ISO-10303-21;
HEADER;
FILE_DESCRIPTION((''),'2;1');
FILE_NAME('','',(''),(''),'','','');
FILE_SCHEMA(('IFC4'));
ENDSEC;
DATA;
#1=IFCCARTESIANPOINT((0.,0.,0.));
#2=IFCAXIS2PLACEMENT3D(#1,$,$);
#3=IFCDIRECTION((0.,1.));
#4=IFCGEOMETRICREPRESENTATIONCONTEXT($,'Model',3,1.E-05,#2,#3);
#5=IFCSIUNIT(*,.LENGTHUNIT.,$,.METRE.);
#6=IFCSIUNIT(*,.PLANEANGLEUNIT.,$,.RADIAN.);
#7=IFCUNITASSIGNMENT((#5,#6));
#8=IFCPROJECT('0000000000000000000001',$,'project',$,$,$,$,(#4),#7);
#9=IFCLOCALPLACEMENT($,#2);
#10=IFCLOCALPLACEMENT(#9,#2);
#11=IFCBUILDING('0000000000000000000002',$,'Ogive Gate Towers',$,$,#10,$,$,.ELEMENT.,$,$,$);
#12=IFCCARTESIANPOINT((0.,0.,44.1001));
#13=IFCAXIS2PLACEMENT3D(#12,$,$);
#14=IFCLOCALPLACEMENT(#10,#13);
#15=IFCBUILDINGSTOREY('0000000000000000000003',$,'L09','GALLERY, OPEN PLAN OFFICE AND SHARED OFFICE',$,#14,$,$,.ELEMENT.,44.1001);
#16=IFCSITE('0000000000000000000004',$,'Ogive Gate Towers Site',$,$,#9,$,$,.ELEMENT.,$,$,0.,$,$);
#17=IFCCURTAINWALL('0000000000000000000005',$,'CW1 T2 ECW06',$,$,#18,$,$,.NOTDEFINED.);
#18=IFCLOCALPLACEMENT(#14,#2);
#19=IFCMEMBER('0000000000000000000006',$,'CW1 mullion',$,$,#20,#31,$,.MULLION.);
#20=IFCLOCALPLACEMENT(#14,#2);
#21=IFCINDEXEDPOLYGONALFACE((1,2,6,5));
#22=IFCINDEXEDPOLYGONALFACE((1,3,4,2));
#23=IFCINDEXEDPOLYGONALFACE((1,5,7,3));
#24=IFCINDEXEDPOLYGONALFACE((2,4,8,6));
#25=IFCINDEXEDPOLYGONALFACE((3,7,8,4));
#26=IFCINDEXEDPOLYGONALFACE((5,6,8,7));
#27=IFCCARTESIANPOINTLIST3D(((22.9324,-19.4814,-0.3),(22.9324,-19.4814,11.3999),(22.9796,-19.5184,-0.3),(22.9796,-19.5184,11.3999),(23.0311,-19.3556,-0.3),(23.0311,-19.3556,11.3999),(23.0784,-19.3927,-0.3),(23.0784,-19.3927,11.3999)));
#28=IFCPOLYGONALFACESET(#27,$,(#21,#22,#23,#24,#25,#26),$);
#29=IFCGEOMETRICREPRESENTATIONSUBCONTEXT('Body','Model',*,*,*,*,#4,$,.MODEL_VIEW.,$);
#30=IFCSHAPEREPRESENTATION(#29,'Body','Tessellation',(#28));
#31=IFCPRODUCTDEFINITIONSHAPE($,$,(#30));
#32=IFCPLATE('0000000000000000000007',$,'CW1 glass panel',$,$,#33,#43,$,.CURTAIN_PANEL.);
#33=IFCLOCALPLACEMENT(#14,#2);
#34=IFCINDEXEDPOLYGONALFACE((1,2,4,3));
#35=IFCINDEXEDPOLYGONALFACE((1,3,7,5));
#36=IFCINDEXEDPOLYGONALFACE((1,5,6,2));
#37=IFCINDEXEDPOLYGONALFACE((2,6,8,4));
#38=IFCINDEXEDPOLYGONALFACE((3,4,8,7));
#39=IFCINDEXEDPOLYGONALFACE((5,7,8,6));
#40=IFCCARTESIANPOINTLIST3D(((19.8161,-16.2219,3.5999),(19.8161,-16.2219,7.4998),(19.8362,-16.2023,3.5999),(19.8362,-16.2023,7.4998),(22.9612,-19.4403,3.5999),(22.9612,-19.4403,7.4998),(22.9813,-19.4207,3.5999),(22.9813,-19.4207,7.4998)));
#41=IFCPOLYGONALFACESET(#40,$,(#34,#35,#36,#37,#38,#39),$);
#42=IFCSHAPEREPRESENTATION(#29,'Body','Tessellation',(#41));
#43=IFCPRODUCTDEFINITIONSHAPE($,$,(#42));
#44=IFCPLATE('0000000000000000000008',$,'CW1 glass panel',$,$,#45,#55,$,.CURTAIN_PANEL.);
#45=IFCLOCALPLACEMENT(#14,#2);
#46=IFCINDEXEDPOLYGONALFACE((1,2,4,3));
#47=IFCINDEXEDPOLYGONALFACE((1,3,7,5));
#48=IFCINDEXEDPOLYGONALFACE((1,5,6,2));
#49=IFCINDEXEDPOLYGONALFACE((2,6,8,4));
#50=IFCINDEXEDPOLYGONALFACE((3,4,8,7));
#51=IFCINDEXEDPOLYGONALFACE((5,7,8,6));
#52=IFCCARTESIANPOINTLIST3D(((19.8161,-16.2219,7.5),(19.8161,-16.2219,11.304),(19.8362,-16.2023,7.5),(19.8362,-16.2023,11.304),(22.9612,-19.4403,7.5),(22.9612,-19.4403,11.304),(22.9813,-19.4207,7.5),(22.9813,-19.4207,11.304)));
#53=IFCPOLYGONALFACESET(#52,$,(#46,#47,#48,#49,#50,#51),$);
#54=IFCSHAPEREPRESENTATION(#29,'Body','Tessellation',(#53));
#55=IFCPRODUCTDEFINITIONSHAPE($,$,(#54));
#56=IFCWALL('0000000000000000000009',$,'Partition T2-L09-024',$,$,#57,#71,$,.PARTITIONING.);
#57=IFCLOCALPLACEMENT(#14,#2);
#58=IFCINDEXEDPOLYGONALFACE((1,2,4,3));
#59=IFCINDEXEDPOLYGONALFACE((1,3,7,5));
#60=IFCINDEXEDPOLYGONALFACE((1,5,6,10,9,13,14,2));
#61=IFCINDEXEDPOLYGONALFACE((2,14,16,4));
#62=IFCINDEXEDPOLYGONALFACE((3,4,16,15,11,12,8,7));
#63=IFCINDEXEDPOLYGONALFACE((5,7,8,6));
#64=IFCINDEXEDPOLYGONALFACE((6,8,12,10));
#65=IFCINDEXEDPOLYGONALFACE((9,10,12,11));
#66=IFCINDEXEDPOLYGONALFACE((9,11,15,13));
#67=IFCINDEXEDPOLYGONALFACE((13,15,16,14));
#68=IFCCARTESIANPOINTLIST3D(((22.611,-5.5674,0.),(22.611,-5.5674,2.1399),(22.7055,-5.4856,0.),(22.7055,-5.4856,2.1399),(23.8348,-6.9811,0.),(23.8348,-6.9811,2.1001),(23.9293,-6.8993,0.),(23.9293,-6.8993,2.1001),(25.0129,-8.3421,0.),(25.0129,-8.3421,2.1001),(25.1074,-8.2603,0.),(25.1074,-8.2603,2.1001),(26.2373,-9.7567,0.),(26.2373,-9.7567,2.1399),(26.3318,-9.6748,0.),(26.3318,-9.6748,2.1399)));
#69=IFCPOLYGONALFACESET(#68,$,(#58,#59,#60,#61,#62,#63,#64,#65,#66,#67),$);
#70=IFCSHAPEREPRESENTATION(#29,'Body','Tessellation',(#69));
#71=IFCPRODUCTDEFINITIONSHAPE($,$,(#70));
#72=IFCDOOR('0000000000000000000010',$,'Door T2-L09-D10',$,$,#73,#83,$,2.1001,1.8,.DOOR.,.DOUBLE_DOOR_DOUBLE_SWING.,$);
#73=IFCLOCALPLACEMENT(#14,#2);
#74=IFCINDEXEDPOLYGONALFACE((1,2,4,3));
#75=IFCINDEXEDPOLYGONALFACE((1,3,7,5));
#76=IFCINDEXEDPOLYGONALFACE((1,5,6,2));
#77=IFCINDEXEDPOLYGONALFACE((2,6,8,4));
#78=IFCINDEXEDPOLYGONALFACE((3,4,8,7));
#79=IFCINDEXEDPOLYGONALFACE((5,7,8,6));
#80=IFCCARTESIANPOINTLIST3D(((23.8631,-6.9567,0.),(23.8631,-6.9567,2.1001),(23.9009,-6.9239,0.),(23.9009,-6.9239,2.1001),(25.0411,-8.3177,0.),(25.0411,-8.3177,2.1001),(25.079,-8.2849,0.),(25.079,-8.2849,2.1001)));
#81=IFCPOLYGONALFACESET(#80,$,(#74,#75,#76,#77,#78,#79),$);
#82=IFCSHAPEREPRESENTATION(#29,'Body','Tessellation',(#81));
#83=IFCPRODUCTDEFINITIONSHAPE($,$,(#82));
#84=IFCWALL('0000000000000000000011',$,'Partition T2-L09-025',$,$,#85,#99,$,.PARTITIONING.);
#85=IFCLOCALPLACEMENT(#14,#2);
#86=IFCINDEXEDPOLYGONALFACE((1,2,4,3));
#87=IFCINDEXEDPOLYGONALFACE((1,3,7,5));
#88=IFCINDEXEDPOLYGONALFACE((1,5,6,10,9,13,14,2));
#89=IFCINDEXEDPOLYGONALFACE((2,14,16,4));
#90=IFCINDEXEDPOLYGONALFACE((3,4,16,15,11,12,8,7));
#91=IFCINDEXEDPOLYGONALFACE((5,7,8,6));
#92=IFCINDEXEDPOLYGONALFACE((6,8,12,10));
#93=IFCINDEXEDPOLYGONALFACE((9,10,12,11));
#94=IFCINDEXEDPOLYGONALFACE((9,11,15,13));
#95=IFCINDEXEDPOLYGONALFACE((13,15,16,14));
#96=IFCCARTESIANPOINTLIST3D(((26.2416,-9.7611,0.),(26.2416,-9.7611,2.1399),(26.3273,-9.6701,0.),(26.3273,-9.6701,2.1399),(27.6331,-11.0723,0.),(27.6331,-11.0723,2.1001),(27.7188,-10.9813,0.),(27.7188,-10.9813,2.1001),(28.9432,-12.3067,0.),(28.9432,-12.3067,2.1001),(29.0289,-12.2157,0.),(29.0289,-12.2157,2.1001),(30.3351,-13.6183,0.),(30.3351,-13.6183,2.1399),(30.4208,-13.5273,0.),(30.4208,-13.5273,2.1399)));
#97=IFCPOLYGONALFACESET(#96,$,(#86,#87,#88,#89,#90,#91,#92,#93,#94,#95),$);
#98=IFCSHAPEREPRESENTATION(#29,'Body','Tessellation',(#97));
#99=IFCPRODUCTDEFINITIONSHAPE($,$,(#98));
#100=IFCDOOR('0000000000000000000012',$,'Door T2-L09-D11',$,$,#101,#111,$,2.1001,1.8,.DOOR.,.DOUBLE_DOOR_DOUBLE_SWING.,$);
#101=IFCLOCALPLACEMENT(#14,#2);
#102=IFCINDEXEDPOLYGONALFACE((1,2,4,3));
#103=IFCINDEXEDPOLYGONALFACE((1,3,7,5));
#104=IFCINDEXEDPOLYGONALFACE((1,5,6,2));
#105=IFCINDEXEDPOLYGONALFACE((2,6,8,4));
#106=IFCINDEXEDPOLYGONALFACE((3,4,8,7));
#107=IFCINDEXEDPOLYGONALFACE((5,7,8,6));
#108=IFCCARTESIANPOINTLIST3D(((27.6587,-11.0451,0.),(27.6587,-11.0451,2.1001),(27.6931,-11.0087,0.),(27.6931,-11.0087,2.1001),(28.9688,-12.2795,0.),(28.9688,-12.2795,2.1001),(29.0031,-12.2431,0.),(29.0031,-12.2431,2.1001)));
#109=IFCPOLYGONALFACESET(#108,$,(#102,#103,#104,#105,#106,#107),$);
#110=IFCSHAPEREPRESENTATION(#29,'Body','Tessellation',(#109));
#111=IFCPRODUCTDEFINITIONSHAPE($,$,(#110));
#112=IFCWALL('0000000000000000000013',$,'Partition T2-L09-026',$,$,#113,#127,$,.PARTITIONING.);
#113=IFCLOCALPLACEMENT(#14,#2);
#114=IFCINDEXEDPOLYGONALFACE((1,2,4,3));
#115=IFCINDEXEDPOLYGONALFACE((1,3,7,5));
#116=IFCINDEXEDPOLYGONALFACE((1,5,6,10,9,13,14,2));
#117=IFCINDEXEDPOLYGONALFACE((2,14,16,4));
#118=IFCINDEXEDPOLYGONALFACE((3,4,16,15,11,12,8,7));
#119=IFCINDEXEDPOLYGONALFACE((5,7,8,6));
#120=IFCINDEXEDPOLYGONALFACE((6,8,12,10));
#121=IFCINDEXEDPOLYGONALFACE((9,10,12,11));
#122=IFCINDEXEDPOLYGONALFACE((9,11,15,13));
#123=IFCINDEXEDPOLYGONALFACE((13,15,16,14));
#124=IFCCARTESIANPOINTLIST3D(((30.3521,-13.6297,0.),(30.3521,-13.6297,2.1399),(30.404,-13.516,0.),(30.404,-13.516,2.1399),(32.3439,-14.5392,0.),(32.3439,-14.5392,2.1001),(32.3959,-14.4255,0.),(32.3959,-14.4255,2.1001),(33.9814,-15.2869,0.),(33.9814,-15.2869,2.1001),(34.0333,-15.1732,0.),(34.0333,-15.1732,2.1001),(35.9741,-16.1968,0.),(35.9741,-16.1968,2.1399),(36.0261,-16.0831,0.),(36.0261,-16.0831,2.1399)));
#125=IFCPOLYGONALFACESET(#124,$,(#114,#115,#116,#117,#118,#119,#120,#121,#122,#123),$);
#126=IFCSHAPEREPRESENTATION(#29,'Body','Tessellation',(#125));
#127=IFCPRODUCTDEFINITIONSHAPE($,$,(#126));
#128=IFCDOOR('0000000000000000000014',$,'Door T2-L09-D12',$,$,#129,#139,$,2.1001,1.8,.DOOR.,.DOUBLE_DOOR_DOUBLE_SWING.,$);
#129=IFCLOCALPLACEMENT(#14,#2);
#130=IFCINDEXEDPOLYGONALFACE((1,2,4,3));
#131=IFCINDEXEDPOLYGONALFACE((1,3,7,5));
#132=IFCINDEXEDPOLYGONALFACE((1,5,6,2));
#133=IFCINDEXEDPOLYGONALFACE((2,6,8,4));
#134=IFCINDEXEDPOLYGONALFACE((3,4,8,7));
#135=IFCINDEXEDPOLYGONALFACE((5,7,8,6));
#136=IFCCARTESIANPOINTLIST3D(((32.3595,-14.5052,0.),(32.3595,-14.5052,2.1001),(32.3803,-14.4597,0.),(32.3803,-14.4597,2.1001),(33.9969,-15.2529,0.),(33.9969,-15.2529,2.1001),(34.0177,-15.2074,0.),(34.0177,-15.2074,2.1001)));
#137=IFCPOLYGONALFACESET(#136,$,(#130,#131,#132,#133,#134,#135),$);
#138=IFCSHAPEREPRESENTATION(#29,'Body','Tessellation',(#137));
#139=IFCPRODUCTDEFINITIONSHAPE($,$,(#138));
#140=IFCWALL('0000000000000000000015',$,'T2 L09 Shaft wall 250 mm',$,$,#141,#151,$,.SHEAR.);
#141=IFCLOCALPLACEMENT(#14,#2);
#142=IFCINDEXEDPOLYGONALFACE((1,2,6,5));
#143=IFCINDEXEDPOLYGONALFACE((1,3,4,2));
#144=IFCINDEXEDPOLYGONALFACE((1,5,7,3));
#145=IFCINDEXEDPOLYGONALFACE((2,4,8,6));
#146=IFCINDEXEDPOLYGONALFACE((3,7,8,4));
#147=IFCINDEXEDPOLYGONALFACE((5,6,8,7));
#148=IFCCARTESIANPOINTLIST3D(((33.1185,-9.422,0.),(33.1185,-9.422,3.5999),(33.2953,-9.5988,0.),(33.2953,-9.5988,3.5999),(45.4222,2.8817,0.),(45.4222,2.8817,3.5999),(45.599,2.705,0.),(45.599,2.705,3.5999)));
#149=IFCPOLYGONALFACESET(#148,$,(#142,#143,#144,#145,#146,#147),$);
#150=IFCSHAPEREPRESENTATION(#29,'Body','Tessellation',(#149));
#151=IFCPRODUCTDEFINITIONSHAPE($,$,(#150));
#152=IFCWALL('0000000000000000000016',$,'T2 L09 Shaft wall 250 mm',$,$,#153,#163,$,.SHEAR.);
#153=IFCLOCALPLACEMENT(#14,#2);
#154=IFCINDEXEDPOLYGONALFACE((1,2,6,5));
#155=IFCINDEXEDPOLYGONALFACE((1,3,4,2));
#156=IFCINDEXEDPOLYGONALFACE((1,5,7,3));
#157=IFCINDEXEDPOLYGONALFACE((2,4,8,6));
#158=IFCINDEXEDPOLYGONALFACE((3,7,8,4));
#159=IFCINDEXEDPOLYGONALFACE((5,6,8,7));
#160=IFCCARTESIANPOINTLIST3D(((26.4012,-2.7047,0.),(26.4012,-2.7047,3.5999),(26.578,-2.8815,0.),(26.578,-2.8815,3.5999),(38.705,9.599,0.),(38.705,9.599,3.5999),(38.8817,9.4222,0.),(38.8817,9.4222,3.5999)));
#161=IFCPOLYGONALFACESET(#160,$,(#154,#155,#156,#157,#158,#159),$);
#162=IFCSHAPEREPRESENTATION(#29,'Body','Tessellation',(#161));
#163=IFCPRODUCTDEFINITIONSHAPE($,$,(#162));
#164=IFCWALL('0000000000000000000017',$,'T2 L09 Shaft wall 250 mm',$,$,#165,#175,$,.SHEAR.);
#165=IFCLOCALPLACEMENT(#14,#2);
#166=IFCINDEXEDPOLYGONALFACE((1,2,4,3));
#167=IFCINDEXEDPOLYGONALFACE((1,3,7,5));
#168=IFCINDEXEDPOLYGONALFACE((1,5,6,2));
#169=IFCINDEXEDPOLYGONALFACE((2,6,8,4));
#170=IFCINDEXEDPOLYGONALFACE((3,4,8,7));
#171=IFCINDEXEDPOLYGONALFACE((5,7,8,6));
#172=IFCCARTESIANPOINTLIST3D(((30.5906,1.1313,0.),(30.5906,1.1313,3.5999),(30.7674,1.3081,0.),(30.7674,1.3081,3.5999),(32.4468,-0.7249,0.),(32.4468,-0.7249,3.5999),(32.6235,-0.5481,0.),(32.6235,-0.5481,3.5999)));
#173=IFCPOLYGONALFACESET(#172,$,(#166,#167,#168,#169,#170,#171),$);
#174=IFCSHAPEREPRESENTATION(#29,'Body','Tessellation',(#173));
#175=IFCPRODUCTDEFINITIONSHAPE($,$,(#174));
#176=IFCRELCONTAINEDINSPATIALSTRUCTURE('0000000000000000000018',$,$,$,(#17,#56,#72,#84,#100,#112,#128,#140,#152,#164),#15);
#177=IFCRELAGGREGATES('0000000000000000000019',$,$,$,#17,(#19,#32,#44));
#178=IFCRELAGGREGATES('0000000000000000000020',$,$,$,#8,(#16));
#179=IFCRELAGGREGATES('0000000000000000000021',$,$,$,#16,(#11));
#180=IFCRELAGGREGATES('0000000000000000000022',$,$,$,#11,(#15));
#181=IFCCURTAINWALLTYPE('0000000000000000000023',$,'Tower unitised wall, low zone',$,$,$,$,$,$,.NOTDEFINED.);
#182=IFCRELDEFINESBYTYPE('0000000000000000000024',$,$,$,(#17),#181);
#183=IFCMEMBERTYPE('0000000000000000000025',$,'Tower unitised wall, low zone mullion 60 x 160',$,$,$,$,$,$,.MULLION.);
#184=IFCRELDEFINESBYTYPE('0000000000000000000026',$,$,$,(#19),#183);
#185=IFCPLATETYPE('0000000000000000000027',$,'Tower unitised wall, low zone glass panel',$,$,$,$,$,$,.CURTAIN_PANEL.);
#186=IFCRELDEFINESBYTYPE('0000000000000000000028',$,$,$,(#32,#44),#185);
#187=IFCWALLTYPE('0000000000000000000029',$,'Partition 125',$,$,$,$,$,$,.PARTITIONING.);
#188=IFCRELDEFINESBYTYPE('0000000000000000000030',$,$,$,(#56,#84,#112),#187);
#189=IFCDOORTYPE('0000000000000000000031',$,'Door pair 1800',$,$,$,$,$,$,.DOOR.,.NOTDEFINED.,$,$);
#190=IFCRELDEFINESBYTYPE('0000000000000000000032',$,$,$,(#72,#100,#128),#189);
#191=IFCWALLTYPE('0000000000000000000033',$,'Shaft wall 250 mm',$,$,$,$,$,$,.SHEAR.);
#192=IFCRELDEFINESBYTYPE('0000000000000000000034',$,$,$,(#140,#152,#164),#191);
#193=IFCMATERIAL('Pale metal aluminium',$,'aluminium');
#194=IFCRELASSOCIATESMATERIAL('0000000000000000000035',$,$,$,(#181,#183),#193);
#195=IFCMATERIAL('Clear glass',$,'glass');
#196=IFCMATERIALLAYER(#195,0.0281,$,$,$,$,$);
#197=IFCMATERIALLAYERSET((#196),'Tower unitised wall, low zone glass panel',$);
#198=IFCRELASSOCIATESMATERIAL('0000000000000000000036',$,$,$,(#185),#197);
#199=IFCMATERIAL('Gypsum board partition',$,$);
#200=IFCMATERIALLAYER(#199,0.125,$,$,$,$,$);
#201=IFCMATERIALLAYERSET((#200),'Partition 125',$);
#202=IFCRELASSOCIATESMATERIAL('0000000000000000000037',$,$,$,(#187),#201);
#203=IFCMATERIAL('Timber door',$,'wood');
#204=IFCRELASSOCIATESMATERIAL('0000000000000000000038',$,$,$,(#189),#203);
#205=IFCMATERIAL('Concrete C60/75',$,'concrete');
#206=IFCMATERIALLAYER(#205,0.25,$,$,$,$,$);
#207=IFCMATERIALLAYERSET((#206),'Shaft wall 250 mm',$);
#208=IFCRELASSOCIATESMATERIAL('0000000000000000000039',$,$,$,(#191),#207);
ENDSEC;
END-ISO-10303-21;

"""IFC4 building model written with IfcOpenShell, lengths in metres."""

from ifc_helpers import new_model, si_unit, direction, frame, frame_2d, origin, origin_2d, place, context, subcontext, project, spatial, rectangle, extrude, material, layer, layer_set, material_profile, profile_set, type_object, element, fill, aggregate, save


model = new_model("IFC4")

# Units and contexts
model_context = context("Model", 3, precision=1e-05, world=origin(), true_north=direction((0.0, 1.0)))
body_context = subcontext(model_context, "Body", "Model", "MODEL_VIEW")
ifc_project = project(units=[si_unit("LENGTHUNIT", "METRE"), si_unit("PLANEANGLEUNIT", "RADIAN")], contexts=[model_context])

# Site, building, storey
site_placement = place(None, origin())
site = spatial("IfcSite", under=ifc_project, at=site_placement, Name="Ogive Gate Towers Site", CompositionType="ELEMENT", RefElevation=0.0)
building_placement = place(site_placement, origin())
building = spatial("IfcBuilding", under=site, at=building_placement, Name="Ogive Gate Towers", CompositionType="ELEMENT")
storey_placement = place(building_placement, frame((0.0, 0.0, 44.1001)))
storey = spatial("IfcBuildingStorey", under=building, at=storey_placement, Name="L09", Description="GALLERY, OPEN PLAN OFFICE AND SHARED OFFICE", CompositionType="ELEMENT", Elevation=44.1001)

# Curtain wall, member, plates
ifc_material_1 = material(Name="Pale metal aluminium", Category="aluminium")
curtain_wall_type = type_object("IfcCurtainWallType", Name="Tower unitised wall, low zone", PredefinedType="NOTDEFINED", material=ifc_material_1)
curtain_wall_placement = place(storey_placement, origin())
curtain_wall = element("IfcCurtainWall", 1, at=curtain_wall_placement, inside=storey, type_object=curtain_wall_type, Name="CW1 T2 ECW06", PredefinedType="NOTDEFINED")
ifc_material_profile_1 = material_profile(ifc_material_1, rectangle(XDim=0.1599, YDim=0.0601, at=origin_2d()), Name="60 x 160 aluminium box")
ifc_profile_set_1 = profile_set([ifc_material_profile_1], Name="Pale metal aluminium")
member_type = type_object("IfcMemberType", Name="Tower unitised wall, low zone mullion 60 x 160", PredefinedType="MULLION", material=ifc_profile_set_1)
member_placement = place(storey_placement, frame((23.0054, -19.437, -0.3), z_axis=(0.0, 0.0, 1.0), x_axis=(-0.617516, -0.786558, 0.0)))
member = element("IfcMember", 2, at=member_placement, type_object=member_type, Name="CW1 mullion", PredefinedType="MULLION", context=body_context, shape_type="SweptSolid", body=[
    extrude(rectangle(XDim=0.1599, YDim=0.0601, at=origin_2d()), origin(), (0.0, 0.0, 1.0), 11.7),
])
ifc_material_2 = material(Name="Clear glass", Category="glass")
ifc_layer_1 = layer(ifc_material_2, 0.0281)
ifc_layer_set_1 = layer_set([ifc_layer_1], Name="Tower unitised wall, low zone glass panel")
plate_type = type_object("IfcPlateType", Name="Tower unitised wall, low zone glass panel", PredefinedType="CURTAIN_PANEL", material=ifc_layer_set_1)
plate_1_placement = place(storey_placement, frame((21.3987, -17.8213, 3.5999), z_axis=(0.0, 0.0, 1.0), x_axis=(0.698915, -0.715205, 0.0)))
plate_1 = element("IfcPlate", 3, at=plate_1_placement, type_object=plate_type, Name="CW1 glass panel", PredefinedType="CURTAIN_PANEL", context=body_context, shape_type="SweptSolid", body=[
    extrude(rectangle(XDim=4.5, YDim=0.0281, at=origin_2d()), origin(), (0.0, 0.0, 1.0), 3.8999),
])
plate_2_placement = place(storey_placement, frame((21.3987, -17.8213, 7.5), z_axis=(0.0, 0.0, 1.0), x_axis=(0.698915, -0.715205, 0.0)))
plate_2 = element("IfcPlate", 4, at=plate_2_placement, type_object=plate_type, Name="CW1 glass panel", PredefinedType="CURTAIN_PANEL", context=body_context, shape_type="SweptSolid", body=[
    extrude(rectangle(XDim=4.5, YDim=0.0281, at=origin_2d()), origin(), (0.0, 0.0, 1.0), 3.804),
])
aggregate(curtain_wall, [member, plate_1, plate_2])

# Walls, openings, doors
ifc_material_3 = material(Name="Gypsum board partition")
ifc_layer_2 = layer(ifc_material_3, 0.125)
ifc_layer_set_2 = layer_set([ifc_layer_2], Name="Partition 125")
wall_type_1 = type_object("IfcWallType", Name="Partition 125", PredefinedType="PARTITIONING", material=ifc_layer_set_2)
wall_1_placement = place(storey_placement, frame((22.6582, -5.5264, 0.0), z_axis=(0.0, 0.0, 1.0), x_axis=(0.654474, -0.756084, 0.0)))
wall_1 = element("IfcWall", 5, at=wall_1_placement, inside=storey, type_object=wall_type_1, Name="Partition T2-L09-024", PredefinedType="PARTITIONING", context=body_context, shape_type="SweptSolid", body=[
    extrude(rectangle(XDim=5.5408, YDim=0.125, at=frame_2d((2.7705, 0.0))), origin(), (0.0, 0.0, 1.0), 2.1399),
])
opening_1_placement = place(wall_1_placement, frame((1.8701, 0.0, 0.0)))
opening_1 = element("IfcOpeningElement", 6, at=opening_1_placement, cuts=wall_1, PredefinedType="OPENING", context=body_context, shape_type="SweptSolid", body=[
    extrude(rectangle(XDim=1.8, YDim=2.1001, at=frame_2d((0.8999, 1.05))), frame((0.0, 0.0725, 0.0), z_axis=(0.0, -1.0, 0.0), x_axis=(1.0, 0.0, 0.0)), (0.0, 0.0, 1.0), 0.145),
])
ifc_material_4 = material(Name="Timber door", Category="wood")
door_type_1 = type_object("IfcDoorType", Name="Door pair 1800", OperationType="NOTDEFINED", PredefinedType="DOOR", material=ifc_material_4)
door_1_placement = place(opening_1_placement, origin())
door_1 = element("IfcDoor", 7, at=door_1_placement, inside=storey, type_object=door_type_1, Name="Door T2-L09-D10", OperationType="DOUBLE_DOOR_DOUBLE_SWING", OverallHeight=2.1001, OverallWidth=1.8, PredefinedType="DOOR", context=body_context, shape_type="SweptSolid", body=[
    extrude(rectangle(XDim=1.8, YDim=2.1001, at=frame_2d((0.8999, 1.05))), frame((0.0, 0.0249, 0.0), z_axis=(0.0, -1.0, 0.0), x_axis=(1.0, 0.0, 0.0)), (0.0, 0.0, 1.0), 0.05),
])
fill(opening_1, door_1)
wall_2_placement = place(storey_placement, frame((26.2844, -9.7156, 0.0), z_axis=(0.0, 0.0, 1.0), x_axis=(0.727804, -0.685786, 0.0)))
wall_2 = element("IfcWall", 8, at=wall_2_placement, inside=storey, type_object=wall_type_1, Name="Partition T2-L09-025", PredefinedType="PARTITIONING", context=body_context, shape_type="SweptSolid", body=[
    extrude(rectangle(XDim=5.6245, YDim=0.125, at=frame_2d((2.8123, 0.0))), origin(), (0.0, 0.0, 1.0), 2.1399),
])
opening_2_placement = place(wall_2_placement, frame((1.9121, 0.0, 0.0)))
opening_2 = element("IfcOpeningElement", 9, at=opening_2_placement, cuts=wall_2, PredefinedType="OPENING", context=body_context, shape_type="SweptSolid", body=[
    extrude(rectangle(XDim=1.8, YDim=2.1001, at=frame_2d((0.8999, 1.05))), frame((0.0, 0.0725, 0.0), z_axis=(0.0, -1.0, 0.0), x_axis=(1.0, 0.0, 0.0)), (0.0, 0.0, 1.0), 0.145),
])
door_2_placement = place(opening_2_placement, origin())
door_2 = element("IfcDoor", 10, at=door_2_placement, inside=storey, type_object=door_type_1, Name="Door T2-L09-D11", OperationType="DOUBLE_DOOR_DOUBLE_SWING", OverallHeight=2.1001, OverallWidth=1.8, PredefinedType="DOOR", context=body_context, shape_type="SweptSolid", body=[
    extrude(rectangle(XDim=1.8, YDim=2.1001, at=frame_2d((0.8999, 1.05))), frame((0.0, 0.0249, 0.0), z_axis=(0.0, -1.0, 0.0), x_axis=(1.0, 0.0, 0.0)), (0.0, 0.0, 1.0), 0.05),
])
fill(opening_2, door_2)
wall_3_placement = place(storey_placement, frame((30.3779, -13.5728, 0.0), z_axis=(0.0, 0.0, 1.0), x_axis=(0.909655, -0.415365, 0.0)))
wall_3 = element("IfcWall", 11, at=wall_3_placement, inside=storey, type_object=wall_type_1, Name="Partition T2-L09-026", PredefinedType="PARTITIONING", context=body_context, shape_type="SweptSolid", body=[
    extrude(rectangle(XDim=6.1804, YDim=0.125, at=frame_2d((3.0903, 0.0))), origin(), (0.0, 0.0, 1.0), 2.1399),
])
opening_3_placement = place(wall_3_placement, frame((2.1899, 0.0, 0.0)))
opening_3 = element("IfcOpeningElement", 12, at=opening_3_placement, cuts=wall_3, PredefinedType="OPENING", context=body_context, shape_type="SweptSolid", body=[
    extrude(rectangle(XDim=1.8, YDim=2.1001, at=frame_2d((0.8999, 1.05))), frame((0.0, 0.0725, 0.0), z_axis=(0.0, -1.0, 0.0), x_axis=(1.0, 0.0, 0.0)), (0.0, 0.0, 1.0), 0.145),
])
door_3_placement = place(opening_3_placement, origin())
door_3 = element("IfcDoor", 13, at=door_3_placement, inside=storey, type_object=door_type_1, Name="Door T2-L09-D12", OperationType="DOUBLE_DOOR_DOUBLE_SWING", OverallHeight=2.1001, OverallWidth=1.8, PredefinedType="DOOR", context=body_context, shape_type="SweptSolid", body=[
    extrude(rectangle(XDim=1.8, YDim=2.1001, at=frame_2d((0.8999, 1.05))), frame((0.0, 0.0249, 0.0), z_axis=(0.0, -1.0, 0.0), x_axis=(1.0, 0.0, 0.0)), (0.0, 0.0, 1.0), 0.05),
])
fill(opening_3, door_3)

# Walls
ifc_material_5 = material(Name="Concrete C60/75", Category="concrete")
ifc_layer_3 = layer(ifc_material_5, 0.25)
ifc_layer_set_3 = layer_set([ifc_layer_3], Name="Shaft wall 250 mm")
wall_type_2 = type_object("IfcWallType", Name="Shaft wall 250 mm", PredefinedType="SHEAR", material=ifc_layer_set_3)
for number, where, z_axis, x_axis, name in (
    (14, (33.2068, -9.5105, 0.0), (0.0, 0.0, 1.0), (0.707107, 0.707107, 0.0), "T2 L09 Shaft wall 250 mm"),
    (15, (26.4895, -2.7932, 0.0), (0.0, 0.0, 1.0), (0.707107, 0.707107, 0.0), "T2 L09 Shaft wall 250 mm"),
):
    element("IfcWall", number, at=place(storey_placement, frame(where, z_axis=z_axis, x_axis=x_axis)), inside=storey, type_object=wall_type_2, Name=name, PredefinedType="SHEAR", context=body_context, shape_type="SweptSolid", body=[
        extrude(rectangle(XDim=17.4001, YDim=0.25, at=frame_2d((8.7002, 0.0))), origin(), (0.0, 0.0, 1.0), 3.5999),
    ])
wall_4_placement = place(storey_placement, frame((32.5352, -0.6365, 0.0), z_axis=(0.0, 0.0, 1.0), x_axis=(-0.707107, 0.707107, 0.0)))
element("IfcWall", 16, at=wall_4_placement, inside=storey, type_object=wall_type_2, Name="T2 L09 Shaft wall 250 mm", PredefinedType="SHEAR", context=body_context, shape_type="SweptSolid", body=[
    extrude(rectangle(XDim=2.625, YDim=0.25, at=frame_2d((1.3125, 0.0))), origin(), (0.0, 0.0, 1.0), 3.5999),
])

save(model, "model.ifc")
